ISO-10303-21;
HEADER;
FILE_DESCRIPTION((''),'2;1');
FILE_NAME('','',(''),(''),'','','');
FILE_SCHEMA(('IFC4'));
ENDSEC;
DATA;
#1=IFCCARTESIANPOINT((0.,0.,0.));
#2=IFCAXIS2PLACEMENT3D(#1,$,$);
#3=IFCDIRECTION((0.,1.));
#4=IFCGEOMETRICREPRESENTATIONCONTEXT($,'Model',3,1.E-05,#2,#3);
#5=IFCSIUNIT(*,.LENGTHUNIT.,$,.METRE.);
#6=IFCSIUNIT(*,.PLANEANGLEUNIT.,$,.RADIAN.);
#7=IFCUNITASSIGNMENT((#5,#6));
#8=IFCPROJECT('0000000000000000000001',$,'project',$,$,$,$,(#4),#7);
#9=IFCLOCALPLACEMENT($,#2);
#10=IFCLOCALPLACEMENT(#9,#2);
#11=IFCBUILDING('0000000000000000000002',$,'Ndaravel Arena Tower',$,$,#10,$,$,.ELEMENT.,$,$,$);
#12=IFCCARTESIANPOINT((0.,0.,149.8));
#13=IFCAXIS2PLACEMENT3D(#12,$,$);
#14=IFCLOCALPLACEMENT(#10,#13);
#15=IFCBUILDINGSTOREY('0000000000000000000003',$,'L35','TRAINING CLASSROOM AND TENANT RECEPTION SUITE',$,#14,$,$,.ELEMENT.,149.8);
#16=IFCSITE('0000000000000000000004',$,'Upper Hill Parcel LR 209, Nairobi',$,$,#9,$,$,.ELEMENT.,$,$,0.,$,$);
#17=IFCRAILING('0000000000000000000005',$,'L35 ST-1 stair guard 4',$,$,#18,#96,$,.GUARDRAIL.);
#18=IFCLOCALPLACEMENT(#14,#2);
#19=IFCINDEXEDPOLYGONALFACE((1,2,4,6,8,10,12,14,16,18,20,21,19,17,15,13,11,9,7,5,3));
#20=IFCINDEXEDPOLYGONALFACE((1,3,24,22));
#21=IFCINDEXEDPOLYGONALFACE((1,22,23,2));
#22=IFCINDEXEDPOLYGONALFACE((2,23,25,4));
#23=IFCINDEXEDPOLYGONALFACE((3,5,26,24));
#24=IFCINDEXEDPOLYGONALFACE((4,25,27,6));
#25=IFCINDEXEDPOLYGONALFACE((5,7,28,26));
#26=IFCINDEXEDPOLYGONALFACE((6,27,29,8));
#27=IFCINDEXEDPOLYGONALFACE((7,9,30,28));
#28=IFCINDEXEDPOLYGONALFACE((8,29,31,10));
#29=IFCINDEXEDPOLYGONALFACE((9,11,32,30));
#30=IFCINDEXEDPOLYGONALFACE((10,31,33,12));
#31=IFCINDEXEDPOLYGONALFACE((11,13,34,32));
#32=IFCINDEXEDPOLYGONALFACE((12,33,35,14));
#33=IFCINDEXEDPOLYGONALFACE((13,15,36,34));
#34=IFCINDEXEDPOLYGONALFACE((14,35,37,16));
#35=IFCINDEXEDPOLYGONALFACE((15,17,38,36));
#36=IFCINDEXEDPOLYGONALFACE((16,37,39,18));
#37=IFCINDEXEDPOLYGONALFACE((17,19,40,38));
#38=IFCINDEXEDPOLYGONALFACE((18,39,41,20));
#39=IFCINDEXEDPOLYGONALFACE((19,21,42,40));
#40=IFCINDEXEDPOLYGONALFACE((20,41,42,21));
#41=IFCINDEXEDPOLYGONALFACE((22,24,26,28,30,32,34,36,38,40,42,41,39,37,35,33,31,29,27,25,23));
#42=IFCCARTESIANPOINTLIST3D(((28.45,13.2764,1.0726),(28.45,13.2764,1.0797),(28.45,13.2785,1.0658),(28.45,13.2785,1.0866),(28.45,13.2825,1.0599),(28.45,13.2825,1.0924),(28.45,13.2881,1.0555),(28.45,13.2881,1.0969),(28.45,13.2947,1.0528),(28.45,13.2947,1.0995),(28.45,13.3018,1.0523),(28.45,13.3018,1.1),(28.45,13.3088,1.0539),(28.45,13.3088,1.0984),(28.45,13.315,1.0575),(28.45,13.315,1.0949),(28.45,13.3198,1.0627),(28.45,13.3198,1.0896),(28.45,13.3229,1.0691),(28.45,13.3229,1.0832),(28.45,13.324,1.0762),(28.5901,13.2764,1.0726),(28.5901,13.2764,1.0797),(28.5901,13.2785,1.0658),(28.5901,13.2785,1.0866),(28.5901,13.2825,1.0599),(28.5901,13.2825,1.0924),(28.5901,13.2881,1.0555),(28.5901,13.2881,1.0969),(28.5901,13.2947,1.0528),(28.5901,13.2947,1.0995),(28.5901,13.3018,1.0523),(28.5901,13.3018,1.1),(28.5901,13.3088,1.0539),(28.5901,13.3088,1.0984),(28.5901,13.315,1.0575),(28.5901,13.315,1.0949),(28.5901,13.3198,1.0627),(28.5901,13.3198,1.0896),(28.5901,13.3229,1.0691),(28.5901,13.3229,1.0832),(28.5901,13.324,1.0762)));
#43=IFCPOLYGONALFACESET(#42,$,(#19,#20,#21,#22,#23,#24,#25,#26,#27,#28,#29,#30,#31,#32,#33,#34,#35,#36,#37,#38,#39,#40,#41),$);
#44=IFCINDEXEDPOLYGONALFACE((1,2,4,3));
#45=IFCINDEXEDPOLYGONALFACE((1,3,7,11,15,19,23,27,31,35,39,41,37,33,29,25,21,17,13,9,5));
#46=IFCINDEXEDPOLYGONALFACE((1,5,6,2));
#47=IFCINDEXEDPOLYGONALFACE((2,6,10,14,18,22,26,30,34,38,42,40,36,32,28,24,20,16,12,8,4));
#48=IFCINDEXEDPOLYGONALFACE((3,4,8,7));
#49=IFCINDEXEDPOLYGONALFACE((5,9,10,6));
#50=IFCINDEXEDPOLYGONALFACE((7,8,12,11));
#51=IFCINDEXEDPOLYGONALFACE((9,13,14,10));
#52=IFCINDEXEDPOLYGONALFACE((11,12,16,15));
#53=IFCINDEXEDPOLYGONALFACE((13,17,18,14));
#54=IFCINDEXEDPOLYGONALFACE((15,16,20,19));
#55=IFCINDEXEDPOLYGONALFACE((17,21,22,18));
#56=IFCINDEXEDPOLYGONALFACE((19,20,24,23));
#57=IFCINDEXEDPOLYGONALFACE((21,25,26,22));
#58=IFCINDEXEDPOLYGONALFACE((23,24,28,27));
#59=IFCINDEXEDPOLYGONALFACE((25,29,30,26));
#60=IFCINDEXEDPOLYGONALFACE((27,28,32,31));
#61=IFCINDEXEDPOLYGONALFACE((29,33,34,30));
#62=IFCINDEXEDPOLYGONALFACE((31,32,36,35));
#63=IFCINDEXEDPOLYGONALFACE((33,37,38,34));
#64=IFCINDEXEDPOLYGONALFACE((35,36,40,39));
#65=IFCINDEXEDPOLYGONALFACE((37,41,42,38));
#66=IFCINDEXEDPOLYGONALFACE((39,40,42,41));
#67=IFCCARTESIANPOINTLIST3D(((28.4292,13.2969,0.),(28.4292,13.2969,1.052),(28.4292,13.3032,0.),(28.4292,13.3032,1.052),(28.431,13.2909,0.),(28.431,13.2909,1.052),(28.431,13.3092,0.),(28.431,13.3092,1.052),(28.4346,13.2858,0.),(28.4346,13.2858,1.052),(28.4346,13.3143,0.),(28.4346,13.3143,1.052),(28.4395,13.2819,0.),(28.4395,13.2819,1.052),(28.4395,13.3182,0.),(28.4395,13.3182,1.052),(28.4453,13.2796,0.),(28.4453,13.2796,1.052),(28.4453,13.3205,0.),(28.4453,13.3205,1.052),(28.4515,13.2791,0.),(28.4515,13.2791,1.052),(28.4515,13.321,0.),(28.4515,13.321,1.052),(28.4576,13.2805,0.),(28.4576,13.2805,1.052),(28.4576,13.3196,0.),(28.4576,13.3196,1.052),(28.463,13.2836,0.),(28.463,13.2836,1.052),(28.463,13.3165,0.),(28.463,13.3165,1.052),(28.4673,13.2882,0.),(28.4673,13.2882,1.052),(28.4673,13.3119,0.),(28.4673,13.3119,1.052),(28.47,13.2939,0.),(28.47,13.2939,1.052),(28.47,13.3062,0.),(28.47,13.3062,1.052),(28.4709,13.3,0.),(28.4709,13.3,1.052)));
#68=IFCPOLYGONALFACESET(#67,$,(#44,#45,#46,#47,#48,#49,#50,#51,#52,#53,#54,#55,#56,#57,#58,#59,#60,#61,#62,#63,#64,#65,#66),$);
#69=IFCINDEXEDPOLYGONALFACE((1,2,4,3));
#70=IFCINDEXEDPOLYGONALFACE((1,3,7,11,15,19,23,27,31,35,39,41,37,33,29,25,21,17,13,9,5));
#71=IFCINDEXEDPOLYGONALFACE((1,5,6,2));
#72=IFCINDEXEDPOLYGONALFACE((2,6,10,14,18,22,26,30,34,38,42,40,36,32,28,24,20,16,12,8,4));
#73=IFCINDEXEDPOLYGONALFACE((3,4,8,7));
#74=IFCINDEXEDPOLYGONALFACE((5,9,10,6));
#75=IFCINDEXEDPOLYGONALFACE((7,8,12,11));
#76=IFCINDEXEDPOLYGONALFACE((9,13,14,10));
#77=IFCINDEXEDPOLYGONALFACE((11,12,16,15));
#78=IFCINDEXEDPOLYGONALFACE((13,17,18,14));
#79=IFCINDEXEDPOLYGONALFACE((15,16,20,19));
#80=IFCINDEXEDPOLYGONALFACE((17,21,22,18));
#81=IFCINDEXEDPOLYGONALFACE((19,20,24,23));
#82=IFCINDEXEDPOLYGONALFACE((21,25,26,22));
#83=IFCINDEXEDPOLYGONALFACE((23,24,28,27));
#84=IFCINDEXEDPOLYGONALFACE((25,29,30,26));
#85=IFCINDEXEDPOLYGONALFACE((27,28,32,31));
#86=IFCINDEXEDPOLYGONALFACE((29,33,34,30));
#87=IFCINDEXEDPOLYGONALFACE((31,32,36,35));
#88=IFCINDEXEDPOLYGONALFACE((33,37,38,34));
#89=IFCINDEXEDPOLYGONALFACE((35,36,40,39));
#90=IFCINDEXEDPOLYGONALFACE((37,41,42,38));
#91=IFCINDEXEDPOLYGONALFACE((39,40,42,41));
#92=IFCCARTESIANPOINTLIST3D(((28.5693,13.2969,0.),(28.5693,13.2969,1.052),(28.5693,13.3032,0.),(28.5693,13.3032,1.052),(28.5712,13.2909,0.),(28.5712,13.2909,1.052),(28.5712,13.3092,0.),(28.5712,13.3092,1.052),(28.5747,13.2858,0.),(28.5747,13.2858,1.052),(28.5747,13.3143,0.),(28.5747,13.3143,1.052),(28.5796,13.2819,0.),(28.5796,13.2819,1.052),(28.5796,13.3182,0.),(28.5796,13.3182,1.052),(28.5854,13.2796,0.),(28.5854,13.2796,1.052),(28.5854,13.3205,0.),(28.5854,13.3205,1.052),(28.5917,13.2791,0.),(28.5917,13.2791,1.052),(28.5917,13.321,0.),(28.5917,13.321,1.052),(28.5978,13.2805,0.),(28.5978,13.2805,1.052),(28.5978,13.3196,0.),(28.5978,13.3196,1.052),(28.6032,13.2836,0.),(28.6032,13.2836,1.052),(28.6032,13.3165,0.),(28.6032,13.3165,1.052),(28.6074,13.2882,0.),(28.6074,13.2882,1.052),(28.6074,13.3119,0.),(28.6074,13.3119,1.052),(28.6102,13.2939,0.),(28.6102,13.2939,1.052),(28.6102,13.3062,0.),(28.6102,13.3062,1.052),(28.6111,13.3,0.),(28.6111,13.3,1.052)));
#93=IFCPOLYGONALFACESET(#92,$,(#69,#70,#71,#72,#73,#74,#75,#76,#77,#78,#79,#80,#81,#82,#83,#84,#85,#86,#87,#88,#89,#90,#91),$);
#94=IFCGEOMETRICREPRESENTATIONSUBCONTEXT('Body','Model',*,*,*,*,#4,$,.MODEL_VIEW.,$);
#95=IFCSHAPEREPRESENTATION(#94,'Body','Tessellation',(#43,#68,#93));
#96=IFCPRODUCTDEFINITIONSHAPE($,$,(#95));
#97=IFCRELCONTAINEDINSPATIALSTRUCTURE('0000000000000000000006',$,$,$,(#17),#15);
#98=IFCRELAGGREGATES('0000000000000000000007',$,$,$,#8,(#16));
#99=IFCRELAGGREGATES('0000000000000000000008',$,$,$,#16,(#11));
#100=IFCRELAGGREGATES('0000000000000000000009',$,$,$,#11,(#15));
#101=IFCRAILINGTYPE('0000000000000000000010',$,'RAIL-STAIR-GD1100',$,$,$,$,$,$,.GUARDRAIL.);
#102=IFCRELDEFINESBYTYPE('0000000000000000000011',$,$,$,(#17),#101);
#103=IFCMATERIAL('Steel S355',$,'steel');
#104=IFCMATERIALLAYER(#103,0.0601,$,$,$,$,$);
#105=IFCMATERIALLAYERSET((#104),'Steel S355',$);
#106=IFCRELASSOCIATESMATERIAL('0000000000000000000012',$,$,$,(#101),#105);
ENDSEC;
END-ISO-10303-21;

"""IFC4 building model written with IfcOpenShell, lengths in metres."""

from ifc_helpers import new_model, si_unit, direction, frame, origin, origin_2d, place, context, subcontext, project, spatial, circle, extrude, material, layer, layer_set, type_object, element, save


model = new_model("IFC4")

# Units and contexts
model_context = context("Model", 3, precision=1e-05, world=origin(), true_north=direction((0.0, 1.0)))
body_context = subcontext(model_context, "Body", "Model", "MODEL_VIEW")
ifc_project = project(units=[si_unit("LENGTHUNIT", "METRE"), si_unit("PLANEANGLEUNIT", "RADIAN")], contexts=[model_context])

# Site, building, storey
site_placement = place(None, origin())
site = spatial("IfcSite", under=ifc_project, at=site_placement, Name="Upper Hill Parcel LR 209, Nairobi", CompositionType="ELEMENT", RefElevation=0.0)
building_placement = place(site_placement, origin())
building = spatial("IfcBuilding", under=site, at=building_placement, Name="Ndaravel Arena Tower", CompositionType="ELEMENT")
storey_placement = place(building_placement, frame((0.0, 0.0, 149.8)))
storey = spatial("IfcBuildingStorey", under=building, at=storey_placement, Name="L35", Description="TRAINING CLASSROOM AND TENANT RECEPTION SUITE", CompositionType="ELEMENT", Elevation=149.8)

# Railing
ifc_material_1 = material(Name="Steel S355", Category="steel")
ifc_layer_1 = layer(ifc_material_1, 0.0601)
ifc_layer_set_1 = layer_set([ifc_layer_1], Name="Steel S355")
railing_type_1 = type_object("IfcRailingType", Name="RAIL-STAIR-GD1100", PredefinedType="GUARDRAIL", material=ifc_layer_set_1)
railing_1_placement = place(storey_placement, frame((28.45, 13.3, 0.0)))
element("IfcRailing", 1, at=railing_1_placement, inside=storey, type_object=railing_type_1, Name="L35 ST-1 stair guard 4", PredefinedType="GUARDRAIL", context=body_context, shape_type="SweptSolid", body=[
    extrude(circle(Radius=0.0239, at=origin_2d()), frame((0.0, 0.0, 1.0762), z_axis=(1.0, 0.0, 0.0), x_axis=(0.0, 1.0, 0.0)), (0.0, 0.0, 1.0), 0.1401),
    extrude(circle(Radius=0.021, at=origin_2d()), origin(), (0.0, 0.0, 1.0), 1.052),
    extrude(circle(Radius=0.021, at=origin_2d()), frame((0.1401, 0.0, 0.0)), (0.0, 0.0, 1.0), 1.052),
])

save(model, "model.ifc")
